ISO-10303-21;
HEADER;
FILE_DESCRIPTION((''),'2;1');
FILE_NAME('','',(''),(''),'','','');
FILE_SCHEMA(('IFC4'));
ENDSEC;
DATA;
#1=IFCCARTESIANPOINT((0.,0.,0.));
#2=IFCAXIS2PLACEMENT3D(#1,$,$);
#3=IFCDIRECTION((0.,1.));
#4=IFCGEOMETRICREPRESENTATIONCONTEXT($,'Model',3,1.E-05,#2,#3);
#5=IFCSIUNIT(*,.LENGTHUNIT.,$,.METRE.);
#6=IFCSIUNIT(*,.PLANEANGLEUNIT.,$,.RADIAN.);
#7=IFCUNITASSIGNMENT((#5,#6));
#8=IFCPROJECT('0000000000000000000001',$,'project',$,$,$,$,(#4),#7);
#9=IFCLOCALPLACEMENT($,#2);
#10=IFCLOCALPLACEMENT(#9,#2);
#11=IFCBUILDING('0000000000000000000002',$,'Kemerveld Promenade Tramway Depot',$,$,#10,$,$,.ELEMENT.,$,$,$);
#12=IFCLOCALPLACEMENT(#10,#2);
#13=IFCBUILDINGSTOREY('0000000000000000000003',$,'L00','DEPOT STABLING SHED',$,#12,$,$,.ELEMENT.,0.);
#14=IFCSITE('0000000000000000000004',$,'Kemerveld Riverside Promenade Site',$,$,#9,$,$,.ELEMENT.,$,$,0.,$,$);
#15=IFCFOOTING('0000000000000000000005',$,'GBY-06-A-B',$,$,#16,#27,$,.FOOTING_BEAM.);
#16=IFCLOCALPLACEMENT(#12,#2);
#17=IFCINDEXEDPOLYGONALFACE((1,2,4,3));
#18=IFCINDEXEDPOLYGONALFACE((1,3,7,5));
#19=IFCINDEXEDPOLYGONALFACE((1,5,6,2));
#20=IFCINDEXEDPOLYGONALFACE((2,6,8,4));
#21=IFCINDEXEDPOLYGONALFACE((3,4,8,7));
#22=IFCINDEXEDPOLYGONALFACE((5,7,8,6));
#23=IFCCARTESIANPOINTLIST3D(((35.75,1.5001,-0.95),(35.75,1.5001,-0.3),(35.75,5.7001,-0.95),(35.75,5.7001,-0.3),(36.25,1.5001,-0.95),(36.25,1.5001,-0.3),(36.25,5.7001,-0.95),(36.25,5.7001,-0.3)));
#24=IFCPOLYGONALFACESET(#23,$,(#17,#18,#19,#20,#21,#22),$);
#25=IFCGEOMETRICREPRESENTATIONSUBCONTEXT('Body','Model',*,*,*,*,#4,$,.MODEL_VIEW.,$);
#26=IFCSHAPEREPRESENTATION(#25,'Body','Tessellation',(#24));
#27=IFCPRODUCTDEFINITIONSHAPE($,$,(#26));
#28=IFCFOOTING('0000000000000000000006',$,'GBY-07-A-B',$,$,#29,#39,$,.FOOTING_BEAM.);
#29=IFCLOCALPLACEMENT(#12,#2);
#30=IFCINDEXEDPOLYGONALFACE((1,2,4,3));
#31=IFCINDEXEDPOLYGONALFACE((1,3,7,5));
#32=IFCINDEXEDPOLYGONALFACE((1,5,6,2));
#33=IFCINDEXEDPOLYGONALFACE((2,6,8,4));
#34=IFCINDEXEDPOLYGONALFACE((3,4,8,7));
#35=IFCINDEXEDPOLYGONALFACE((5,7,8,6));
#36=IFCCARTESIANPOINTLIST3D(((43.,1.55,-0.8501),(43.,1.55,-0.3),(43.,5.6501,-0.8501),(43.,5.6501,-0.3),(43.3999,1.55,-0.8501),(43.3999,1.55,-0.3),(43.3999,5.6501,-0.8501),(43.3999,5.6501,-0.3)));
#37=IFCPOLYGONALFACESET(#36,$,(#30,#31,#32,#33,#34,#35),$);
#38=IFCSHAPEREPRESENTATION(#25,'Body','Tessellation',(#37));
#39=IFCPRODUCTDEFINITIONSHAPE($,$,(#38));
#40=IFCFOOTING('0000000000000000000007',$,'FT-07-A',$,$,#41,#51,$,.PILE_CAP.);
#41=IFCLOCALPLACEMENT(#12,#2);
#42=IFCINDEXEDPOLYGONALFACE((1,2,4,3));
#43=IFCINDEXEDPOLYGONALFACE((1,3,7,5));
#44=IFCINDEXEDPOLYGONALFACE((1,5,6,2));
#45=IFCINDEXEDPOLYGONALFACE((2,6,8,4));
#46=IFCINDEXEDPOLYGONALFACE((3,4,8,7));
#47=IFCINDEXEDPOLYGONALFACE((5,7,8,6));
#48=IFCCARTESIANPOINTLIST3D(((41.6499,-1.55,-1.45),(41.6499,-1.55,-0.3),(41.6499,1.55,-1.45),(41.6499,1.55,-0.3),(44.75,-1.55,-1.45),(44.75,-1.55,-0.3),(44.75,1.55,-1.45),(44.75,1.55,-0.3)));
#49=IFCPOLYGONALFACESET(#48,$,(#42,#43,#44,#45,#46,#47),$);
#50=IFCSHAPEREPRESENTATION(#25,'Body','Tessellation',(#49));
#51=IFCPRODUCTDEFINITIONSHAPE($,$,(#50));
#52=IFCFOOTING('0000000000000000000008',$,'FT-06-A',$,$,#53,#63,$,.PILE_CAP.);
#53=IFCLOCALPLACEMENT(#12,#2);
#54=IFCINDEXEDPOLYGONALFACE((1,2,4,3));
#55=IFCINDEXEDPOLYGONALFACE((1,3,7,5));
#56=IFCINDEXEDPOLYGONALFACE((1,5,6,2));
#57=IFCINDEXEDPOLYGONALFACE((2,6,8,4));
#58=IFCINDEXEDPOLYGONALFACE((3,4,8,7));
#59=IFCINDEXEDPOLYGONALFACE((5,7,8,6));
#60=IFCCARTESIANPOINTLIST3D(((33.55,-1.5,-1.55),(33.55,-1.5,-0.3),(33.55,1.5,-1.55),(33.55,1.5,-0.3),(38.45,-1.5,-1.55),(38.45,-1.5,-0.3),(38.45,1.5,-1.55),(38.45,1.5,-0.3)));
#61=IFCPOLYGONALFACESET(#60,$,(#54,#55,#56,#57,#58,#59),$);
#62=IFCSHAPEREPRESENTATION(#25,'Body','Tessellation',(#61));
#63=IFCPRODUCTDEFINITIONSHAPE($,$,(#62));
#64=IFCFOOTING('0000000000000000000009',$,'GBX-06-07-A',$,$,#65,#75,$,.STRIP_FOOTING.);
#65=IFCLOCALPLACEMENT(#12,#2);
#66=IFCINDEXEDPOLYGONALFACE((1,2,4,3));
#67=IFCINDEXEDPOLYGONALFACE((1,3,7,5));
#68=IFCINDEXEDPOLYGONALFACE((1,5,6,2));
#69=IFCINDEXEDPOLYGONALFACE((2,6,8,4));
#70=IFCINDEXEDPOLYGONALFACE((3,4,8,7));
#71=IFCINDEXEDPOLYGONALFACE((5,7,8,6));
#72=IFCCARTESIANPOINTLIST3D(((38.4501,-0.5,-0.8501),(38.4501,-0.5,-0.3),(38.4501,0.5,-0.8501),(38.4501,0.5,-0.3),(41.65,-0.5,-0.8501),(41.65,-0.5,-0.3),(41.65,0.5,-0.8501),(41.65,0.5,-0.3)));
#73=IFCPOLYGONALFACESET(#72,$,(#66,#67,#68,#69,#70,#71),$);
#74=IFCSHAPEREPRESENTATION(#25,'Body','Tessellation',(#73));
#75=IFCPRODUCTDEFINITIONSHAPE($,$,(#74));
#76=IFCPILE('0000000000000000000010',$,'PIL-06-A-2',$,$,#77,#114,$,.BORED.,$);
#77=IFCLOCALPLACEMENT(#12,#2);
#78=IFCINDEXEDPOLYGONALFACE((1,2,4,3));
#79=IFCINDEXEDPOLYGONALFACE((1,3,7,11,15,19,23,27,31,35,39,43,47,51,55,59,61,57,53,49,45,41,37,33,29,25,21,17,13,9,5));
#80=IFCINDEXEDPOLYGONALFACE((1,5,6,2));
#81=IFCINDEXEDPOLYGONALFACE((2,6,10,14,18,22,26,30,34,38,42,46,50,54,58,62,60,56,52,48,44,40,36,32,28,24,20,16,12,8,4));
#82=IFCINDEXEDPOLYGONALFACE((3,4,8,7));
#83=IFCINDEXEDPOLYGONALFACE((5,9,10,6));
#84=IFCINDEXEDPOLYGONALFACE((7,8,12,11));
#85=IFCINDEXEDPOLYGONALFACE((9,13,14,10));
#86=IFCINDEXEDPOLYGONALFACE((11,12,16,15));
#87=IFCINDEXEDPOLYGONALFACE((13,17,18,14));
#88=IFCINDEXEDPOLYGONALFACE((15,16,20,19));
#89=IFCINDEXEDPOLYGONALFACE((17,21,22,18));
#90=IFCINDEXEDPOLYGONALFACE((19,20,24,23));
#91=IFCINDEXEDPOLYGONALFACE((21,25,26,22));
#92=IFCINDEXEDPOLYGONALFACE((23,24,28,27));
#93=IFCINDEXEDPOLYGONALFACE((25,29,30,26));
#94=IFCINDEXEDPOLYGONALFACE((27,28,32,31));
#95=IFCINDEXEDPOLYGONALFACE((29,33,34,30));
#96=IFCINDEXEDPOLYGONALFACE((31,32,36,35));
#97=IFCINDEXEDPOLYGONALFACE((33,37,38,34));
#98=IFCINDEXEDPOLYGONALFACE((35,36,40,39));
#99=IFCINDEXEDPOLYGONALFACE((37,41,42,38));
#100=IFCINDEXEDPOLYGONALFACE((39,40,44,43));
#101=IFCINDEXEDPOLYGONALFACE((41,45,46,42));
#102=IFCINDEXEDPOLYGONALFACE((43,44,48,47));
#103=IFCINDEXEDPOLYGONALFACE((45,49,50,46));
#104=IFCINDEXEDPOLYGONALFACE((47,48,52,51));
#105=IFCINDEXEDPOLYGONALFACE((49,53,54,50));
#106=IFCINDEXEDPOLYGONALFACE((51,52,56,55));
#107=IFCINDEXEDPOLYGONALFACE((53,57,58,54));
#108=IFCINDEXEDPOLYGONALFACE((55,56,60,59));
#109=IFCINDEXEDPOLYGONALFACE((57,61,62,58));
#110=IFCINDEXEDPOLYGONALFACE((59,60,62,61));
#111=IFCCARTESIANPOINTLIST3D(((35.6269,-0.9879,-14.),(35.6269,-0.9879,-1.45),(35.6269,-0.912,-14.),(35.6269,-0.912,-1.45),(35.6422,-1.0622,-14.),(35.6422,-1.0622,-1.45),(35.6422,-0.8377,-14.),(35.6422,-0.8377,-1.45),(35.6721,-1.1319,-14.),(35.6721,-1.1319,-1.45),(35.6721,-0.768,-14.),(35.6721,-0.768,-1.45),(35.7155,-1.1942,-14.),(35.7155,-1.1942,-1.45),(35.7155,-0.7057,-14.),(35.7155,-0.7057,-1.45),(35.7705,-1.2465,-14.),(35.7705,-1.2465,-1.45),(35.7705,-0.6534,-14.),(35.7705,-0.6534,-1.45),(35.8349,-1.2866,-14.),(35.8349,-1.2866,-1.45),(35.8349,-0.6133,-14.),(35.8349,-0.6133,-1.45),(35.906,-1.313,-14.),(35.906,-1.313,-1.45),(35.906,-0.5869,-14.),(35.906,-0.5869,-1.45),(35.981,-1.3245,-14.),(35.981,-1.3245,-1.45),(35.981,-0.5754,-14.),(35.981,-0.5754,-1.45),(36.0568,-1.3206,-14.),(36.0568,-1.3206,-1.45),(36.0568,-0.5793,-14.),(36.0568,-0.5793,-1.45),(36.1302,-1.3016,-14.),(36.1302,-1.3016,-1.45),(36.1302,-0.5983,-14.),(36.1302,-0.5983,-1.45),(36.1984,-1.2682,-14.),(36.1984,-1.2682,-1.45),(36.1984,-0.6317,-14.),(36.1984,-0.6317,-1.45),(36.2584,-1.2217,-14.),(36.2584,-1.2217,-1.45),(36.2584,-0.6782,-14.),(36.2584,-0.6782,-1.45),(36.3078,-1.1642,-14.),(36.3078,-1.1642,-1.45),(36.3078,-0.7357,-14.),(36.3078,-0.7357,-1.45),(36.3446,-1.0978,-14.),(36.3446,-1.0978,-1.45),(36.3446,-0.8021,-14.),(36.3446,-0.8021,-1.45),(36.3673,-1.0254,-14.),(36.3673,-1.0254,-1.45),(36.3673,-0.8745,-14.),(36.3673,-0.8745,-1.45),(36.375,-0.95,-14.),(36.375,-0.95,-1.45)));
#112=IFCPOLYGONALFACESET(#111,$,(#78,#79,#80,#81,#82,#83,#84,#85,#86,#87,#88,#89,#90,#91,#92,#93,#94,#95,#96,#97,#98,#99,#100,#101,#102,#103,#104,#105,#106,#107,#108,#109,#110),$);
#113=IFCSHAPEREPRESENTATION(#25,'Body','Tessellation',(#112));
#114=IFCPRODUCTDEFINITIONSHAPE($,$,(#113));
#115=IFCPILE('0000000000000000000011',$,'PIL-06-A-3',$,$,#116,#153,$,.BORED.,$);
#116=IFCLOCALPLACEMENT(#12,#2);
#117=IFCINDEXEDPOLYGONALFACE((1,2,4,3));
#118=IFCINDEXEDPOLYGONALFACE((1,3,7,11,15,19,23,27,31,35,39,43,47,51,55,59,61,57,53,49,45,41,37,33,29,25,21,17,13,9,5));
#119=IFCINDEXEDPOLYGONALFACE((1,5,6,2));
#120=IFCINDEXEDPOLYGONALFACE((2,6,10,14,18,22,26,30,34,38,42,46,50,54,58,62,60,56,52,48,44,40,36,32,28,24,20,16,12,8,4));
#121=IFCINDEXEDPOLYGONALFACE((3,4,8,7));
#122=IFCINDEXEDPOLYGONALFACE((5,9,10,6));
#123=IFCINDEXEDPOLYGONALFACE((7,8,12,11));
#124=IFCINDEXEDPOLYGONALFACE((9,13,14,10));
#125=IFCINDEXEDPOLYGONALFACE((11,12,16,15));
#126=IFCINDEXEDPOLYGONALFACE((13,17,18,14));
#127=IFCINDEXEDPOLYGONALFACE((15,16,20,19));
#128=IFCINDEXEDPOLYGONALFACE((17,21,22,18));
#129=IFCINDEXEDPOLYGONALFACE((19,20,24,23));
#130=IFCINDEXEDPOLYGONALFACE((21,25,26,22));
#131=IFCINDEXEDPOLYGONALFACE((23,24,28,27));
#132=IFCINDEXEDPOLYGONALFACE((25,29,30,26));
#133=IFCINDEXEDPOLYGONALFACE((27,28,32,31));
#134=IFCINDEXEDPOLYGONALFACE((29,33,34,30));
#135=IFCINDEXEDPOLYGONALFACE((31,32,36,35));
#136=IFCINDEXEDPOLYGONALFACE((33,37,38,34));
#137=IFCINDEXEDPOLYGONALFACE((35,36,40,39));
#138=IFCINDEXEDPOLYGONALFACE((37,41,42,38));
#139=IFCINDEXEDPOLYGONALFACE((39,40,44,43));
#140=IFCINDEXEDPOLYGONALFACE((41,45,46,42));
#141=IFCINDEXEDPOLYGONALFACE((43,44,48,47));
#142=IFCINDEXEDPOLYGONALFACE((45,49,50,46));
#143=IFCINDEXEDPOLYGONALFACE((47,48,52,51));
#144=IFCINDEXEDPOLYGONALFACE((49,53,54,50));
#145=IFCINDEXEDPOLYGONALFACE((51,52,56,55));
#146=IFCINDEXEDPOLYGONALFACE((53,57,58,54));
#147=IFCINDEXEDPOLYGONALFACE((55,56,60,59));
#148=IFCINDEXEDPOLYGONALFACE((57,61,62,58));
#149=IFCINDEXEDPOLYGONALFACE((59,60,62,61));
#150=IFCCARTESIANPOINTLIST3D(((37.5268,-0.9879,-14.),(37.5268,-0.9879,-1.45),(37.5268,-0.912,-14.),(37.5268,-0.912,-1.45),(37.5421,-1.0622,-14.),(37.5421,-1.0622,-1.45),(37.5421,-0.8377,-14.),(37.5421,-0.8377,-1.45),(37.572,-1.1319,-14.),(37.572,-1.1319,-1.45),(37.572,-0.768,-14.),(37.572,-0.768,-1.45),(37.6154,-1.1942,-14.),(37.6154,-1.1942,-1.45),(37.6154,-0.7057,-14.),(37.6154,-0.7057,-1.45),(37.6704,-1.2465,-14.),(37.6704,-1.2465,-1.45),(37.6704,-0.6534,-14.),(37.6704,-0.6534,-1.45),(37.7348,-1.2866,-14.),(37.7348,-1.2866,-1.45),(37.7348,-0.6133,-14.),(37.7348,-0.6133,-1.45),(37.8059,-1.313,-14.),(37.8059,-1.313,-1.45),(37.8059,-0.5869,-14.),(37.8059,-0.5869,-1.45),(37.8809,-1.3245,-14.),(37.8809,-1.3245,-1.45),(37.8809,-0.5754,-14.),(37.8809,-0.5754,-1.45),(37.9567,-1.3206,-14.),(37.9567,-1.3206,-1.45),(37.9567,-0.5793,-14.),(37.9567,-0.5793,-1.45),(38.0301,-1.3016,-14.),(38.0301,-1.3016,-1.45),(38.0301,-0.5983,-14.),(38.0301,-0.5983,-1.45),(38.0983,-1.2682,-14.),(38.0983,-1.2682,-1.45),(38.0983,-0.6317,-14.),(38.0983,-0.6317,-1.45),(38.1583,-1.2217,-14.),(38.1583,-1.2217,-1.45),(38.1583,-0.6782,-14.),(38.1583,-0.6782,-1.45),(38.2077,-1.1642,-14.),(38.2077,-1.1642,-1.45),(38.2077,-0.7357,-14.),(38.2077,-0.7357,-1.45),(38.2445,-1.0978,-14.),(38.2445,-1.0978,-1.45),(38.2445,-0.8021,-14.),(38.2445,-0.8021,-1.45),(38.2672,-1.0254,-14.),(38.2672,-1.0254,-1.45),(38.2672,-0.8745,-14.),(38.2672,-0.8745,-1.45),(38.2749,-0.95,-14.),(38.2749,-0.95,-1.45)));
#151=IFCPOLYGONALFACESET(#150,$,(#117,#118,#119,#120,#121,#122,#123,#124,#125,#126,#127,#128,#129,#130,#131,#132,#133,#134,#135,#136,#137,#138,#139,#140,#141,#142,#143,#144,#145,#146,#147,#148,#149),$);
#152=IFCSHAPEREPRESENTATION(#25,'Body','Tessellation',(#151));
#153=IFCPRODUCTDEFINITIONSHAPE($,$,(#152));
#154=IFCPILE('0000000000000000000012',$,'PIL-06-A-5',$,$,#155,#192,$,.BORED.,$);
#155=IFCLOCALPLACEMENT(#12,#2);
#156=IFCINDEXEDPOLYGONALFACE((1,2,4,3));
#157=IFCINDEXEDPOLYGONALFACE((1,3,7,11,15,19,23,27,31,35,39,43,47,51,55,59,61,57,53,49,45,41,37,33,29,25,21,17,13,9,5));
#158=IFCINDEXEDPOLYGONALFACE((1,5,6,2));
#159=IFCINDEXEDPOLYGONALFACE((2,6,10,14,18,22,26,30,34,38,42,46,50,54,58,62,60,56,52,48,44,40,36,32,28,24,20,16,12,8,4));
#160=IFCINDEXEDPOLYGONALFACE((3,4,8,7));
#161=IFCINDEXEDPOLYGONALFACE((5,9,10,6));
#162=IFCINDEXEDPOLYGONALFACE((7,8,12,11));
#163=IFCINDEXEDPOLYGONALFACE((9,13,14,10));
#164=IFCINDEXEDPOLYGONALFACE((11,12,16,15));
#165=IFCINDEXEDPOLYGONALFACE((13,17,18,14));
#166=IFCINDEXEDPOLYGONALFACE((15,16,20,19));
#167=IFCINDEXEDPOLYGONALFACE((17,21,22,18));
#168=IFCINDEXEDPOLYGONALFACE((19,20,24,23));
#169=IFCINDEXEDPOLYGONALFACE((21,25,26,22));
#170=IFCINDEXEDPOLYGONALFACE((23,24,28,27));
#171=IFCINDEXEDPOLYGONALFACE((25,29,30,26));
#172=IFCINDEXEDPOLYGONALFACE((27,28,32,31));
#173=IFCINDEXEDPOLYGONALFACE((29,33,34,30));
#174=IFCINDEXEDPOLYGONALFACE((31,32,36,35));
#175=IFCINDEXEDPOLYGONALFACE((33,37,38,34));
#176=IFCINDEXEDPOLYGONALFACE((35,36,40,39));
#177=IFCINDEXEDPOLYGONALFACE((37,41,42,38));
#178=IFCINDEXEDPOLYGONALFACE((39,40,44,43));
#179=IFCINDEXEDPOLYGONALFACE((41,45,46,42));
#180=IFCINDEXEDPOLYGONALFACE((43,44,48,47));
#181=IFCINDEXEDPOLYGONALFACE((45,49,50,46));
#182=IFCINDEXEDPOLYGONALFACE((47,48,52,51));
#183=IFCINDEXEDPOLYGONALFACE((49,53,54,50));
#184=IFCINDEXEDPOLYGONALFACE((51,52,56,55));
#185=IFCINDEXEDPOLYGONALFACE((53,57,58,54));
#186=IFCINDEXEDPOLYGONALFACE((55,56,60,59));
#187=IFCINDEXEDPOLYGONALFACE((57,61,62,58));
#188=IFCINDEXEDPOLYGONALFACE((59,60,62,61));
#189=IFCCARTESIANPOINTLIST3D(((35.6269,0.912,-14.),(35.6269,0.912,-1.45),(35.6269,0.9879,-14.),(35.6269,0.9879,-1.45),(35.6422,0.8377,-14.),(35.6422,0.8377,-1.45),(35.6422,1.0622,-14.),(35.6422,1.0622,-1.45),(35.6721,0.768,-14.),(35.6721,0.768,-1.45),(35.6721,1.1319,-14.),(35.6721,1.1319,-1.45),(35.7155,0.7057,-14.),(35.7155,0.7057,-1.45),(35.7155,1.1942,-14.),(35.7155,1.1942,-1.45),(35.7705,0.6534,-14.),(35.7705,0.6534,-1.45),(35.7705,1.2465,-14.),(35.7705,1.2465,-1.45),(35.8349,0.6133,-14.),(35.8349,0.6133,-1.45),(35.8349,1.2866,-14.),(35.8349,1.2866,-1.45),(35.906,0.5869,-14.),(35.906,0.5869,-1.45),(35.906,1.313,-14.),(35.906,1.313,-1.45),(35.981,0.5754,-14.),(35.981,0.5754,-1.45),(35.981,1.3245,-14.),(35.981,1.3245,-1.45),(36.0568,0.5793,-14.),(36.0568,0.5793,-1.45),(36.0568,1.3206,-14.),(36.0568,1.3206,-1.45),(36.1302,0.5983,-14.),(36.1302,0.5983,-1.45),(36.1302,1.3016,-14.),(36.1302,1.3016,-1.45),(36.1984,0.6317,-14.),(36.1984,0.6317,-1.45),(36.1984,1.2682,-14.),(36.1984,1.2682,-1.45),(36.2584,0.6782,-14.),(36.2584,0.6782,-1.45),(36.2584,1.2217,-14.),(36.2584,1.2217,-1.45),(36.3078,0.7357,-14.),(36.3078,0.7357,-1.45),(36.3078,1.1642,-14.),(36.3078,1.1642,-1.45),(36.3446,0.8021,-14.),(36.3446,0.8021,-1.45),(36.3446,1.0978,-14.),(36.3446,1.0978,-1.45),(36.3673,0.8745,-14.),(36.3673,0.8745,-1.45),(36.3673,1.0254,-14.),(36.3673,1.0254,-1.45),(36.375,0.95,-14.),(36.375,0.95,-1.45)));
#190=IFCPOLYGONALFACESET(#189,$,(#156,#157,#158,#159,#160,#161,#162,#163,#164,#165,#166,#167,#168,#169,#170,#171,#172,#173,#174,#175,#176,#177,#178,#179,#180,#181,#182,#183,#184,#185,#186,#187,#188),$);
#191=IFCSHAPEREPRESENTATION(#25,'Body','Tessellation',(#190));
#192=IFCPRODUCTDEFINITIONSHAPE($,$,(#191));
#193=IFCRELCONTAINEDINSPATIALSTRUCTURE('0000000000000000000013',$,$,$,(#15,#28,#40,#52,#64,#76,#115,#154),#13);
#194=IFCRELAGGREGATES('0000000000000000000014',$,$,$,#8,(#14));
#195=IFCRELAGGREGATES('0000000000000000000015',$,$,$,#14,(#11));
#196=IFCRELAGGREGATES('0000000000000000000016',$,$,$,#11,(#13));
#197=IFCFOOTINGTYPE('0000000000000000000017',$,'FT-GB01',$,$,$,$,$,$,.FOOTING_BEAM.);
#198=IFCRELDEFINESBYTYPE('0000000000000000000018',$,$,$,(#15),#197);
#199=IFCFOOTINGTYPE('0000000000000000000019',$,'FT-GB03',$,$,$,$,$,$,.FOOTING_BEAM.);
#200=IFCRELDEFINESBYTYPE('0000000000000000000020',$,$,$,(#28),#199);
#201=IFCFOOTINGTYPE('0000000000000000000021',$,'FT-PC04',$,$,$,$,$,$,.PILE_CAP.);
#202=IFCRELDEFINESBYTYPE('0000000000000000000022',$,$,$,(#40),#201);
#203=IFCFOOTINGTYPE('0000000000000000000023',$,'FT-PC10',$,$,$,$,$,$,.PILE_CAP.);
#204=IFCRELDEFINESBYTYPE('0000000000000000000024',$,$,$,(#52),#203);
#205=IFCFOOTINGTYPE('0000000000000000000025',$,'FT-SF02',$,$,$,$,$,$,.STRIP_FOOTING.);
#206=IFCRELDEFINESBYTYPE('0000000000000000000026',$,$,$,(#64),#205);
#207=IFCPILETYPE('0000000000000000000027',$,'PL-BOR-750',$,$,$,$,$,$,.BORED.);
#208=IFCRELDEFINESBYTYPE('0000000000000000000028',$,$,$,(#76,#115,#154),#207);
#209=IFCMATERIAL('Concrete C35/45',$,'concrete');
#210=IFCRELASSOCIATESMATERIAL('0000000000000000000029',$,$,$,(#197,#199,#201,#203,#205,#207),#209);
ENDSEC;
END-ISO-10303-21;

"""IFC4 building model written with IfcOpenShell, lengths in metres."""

from ifc_helpers import new_model, si_unit, direction, frame, origin, origin_2d, place, context, subcontext, project, spatial, rectangle, circle, extrude, material, material_profile, profile_set, type_object, element, save


model = new_model("IFC4")

# Units and contexts
model_context = context("Model", 3, precision=1e-05, world=origin(), true_north=direction((0.0, 1.0)))
body_context = subcontext(model_context, "Body", "Model", "MODEL_VIEW")
ifc_project = project(units=[si_unit("LENGTHUNIT", "METRE"), si_unit("PLANEANGLEUNIT", "RADIAN")], contexts=[model_context])

# Site, building, storey
site_placement = place(None, origin())
site = spatial("IfcSite", under=ifc_project, at=site_placement, Name="Kemerveld Riverside Promenade Site", CompositionType="ELEMENT", RefElevation=0.0)
building_placement = place(site_placement, origin())
building = spatial("IfcBuilding", under=site, at=building_placement, Name="Kemerveld Promenade Tramway Depot", CompositionType="ELEMENT")
storey_placement = place(building_placement, origin())
storey = spatial("IfcBuildingStorey", under=building, at=storey_placement, Name="L00", Description="DEPOT STABLING SHED", CompositionType="ELEMENT", Elevation=0.0)

# Footings
ifc_material_1 = material(Name="Concrete C35/45", Category="concrete")
footing_type_1 = type_object("IfcFootingType", Name="FT-GB01", PredefinedType="FOOTING_BEAM", material=ifc_material_1)
footing_1_placement = place(storey_placement, frame((36.0, 3.6001, -0.95), z_axis=(0.0, 0.0, 1.0), x_axis=(0.0, 1.0, 0.0)))
element("IfcFooting", 1, at=footing_1_placement, inside=storey, type_object=footing_type_1, Name="GBY-06-A-B", PredefinedType="FOOTING_BEAM", context=body_context, shape_type="SweptSolid", body=[
    extrude(rectangle(XDim=4.2, YDim=0.5, at=origin_2d()), origin(), (0.0, 0.0, 1.0), 0.6499),
])
footing_type_2 = type_object("IfcFootingType", Name="FT-GB03", PredefinedType="FOOTING_BEAM", material=ifc_material_1)
footing_2_placement = place(storey_placement, frame((43.2, 3.6001, -0.8501), z_axis=(0.0, 0.0, 1.0), x_axis=(0.0, 1.0, 0.0)))
element("IfcFooting", 2, at=footing_2_placement, inside=storey, type_object=footing_type_2, Name="GBY-07-A-B", PredefinedType="FOOTING_BEAM", context=body_context, shape_type="SweptSolid", body=[
    extrude(rectangle(XDim=4.1001, YDim=0.3999, at=origin_2d()), origin(), (0.0, 0.0, 1.0), 0.55),
])
footing_type_3 = type_object("IfcFootingType", Name="FT-PC04", PredefinedType="PILE_CAP", material=ifc_material_1)
footing_3_placement = place(storey_placement, frame((43.2, 0.0, -1.45), z_axis=(0.0, 0.0, 1.0), x_axis=(1.0, 0.0, 0.0)))
element("IfcFooting", 3, at=footing_3_placement, inside=storey, type_object=footing_type_3, Name="FT-07-A", PredefinedType="PILE_CAP", context=body_context, shape_type="SweptSolid", body=[
    extrude(rectangle(XDim=3.1001, YDim=3.1001, at=origin_2d()), origin(), (0.0, 0.0, 1.0), 1.1499),
])
footing_type_4 = type_object("IfcFootingType", Name="FT-PC10", PredefinedType="PILE_CAP", material=ifc_material_1)
footing_4_placement = place(storey_placement, frame((36.0, 0.0, -1.55), z_axis=(0.0, 0.0, 1.0), x_axis=(1.0, 0.0, 0.0)))
element("IfcFooting", 4, at=footing_4_placement, inside=storey, type_object=footing_type_4, Name="FT-06-A", PredefinedType="PILE_CAP", context=body_context, shape_type="SweptSolid", body=[
    extrude(rectangle(XDim=4.8999, YDim=3.0, at=origin_2d()), origin(), (0.0, 0.0, 1.0), 1.25),
])
footing_type_5 = type_object("IfcFootingType", Name="FT-SF02", PredefinedType="STRIP_FOOTING", material=ifc_material_1)
footing_5_placement = place(storey_placement, frame((40.05, 0.0, -0.8501), z_axis=(0.0, 0.0, 1.0), x_axis=(1.0, 0.0, 0.0)))
element("IfcFooting", 5, at=footing_5_placement, inside=storey, type_object=footing_type_5, Name="GBX-06-07-A", PredefinedType="STRIP_FOOTING", context=body_context, shape_type="SweptSolid", body=[
    extrude(rectangle(XDim=3.2, YDim=1.0, at=origin_2d()), origin(), (0.0, 0.0, 1.0), 0.55),
])

# Piles
ifc_material_profile_1 = material_profile(ifc_material_1, circle(Radius=0.375, at=origin_2d()), Name="PILE-D750")
ifc_profile_set_1 = profile_set([ifc_material_profile_1], Name="Concrete C35/45")
pile_type = type_object("IfcPileType", Name="PL-BOR-750", PredefinedType="BORED", material=ifc_profile_set_1)
for number, where, z_axis, x_axis, name in (
    (6, (36.0, -0.95, -1.45), (0.0, 0.0, -1.0), (1.0, 0.0, 0.0), "PIL-06-A-2"),
    (7, (37.8999, -0.95, -1.45), (0.0, 0.0, -1.0), (1.0, 0.0, 0.0), "PIL-06-A-3"),
    (8, (36.0, 0.95, -1.45), (0.0, 0.0, -1.0), (1.0, 0.0, 0.0), "PIL-06-A-5"),
):
    element("IfcPile", number, at=place(storey_placement, frame(where, z_axis=z_axis, x_axis=x_axis)), inside=storey, type_object=pile_type, Name=name, PredefinedType="BORED", context=body_context, shape_type="SweptSolid", body=[
        extrude(circle(Radius=0.375, at=origin_2d()), origin(), (0.0, 0.0, 1.0), 12.55),
    ])

save(model, "model.ifc")
